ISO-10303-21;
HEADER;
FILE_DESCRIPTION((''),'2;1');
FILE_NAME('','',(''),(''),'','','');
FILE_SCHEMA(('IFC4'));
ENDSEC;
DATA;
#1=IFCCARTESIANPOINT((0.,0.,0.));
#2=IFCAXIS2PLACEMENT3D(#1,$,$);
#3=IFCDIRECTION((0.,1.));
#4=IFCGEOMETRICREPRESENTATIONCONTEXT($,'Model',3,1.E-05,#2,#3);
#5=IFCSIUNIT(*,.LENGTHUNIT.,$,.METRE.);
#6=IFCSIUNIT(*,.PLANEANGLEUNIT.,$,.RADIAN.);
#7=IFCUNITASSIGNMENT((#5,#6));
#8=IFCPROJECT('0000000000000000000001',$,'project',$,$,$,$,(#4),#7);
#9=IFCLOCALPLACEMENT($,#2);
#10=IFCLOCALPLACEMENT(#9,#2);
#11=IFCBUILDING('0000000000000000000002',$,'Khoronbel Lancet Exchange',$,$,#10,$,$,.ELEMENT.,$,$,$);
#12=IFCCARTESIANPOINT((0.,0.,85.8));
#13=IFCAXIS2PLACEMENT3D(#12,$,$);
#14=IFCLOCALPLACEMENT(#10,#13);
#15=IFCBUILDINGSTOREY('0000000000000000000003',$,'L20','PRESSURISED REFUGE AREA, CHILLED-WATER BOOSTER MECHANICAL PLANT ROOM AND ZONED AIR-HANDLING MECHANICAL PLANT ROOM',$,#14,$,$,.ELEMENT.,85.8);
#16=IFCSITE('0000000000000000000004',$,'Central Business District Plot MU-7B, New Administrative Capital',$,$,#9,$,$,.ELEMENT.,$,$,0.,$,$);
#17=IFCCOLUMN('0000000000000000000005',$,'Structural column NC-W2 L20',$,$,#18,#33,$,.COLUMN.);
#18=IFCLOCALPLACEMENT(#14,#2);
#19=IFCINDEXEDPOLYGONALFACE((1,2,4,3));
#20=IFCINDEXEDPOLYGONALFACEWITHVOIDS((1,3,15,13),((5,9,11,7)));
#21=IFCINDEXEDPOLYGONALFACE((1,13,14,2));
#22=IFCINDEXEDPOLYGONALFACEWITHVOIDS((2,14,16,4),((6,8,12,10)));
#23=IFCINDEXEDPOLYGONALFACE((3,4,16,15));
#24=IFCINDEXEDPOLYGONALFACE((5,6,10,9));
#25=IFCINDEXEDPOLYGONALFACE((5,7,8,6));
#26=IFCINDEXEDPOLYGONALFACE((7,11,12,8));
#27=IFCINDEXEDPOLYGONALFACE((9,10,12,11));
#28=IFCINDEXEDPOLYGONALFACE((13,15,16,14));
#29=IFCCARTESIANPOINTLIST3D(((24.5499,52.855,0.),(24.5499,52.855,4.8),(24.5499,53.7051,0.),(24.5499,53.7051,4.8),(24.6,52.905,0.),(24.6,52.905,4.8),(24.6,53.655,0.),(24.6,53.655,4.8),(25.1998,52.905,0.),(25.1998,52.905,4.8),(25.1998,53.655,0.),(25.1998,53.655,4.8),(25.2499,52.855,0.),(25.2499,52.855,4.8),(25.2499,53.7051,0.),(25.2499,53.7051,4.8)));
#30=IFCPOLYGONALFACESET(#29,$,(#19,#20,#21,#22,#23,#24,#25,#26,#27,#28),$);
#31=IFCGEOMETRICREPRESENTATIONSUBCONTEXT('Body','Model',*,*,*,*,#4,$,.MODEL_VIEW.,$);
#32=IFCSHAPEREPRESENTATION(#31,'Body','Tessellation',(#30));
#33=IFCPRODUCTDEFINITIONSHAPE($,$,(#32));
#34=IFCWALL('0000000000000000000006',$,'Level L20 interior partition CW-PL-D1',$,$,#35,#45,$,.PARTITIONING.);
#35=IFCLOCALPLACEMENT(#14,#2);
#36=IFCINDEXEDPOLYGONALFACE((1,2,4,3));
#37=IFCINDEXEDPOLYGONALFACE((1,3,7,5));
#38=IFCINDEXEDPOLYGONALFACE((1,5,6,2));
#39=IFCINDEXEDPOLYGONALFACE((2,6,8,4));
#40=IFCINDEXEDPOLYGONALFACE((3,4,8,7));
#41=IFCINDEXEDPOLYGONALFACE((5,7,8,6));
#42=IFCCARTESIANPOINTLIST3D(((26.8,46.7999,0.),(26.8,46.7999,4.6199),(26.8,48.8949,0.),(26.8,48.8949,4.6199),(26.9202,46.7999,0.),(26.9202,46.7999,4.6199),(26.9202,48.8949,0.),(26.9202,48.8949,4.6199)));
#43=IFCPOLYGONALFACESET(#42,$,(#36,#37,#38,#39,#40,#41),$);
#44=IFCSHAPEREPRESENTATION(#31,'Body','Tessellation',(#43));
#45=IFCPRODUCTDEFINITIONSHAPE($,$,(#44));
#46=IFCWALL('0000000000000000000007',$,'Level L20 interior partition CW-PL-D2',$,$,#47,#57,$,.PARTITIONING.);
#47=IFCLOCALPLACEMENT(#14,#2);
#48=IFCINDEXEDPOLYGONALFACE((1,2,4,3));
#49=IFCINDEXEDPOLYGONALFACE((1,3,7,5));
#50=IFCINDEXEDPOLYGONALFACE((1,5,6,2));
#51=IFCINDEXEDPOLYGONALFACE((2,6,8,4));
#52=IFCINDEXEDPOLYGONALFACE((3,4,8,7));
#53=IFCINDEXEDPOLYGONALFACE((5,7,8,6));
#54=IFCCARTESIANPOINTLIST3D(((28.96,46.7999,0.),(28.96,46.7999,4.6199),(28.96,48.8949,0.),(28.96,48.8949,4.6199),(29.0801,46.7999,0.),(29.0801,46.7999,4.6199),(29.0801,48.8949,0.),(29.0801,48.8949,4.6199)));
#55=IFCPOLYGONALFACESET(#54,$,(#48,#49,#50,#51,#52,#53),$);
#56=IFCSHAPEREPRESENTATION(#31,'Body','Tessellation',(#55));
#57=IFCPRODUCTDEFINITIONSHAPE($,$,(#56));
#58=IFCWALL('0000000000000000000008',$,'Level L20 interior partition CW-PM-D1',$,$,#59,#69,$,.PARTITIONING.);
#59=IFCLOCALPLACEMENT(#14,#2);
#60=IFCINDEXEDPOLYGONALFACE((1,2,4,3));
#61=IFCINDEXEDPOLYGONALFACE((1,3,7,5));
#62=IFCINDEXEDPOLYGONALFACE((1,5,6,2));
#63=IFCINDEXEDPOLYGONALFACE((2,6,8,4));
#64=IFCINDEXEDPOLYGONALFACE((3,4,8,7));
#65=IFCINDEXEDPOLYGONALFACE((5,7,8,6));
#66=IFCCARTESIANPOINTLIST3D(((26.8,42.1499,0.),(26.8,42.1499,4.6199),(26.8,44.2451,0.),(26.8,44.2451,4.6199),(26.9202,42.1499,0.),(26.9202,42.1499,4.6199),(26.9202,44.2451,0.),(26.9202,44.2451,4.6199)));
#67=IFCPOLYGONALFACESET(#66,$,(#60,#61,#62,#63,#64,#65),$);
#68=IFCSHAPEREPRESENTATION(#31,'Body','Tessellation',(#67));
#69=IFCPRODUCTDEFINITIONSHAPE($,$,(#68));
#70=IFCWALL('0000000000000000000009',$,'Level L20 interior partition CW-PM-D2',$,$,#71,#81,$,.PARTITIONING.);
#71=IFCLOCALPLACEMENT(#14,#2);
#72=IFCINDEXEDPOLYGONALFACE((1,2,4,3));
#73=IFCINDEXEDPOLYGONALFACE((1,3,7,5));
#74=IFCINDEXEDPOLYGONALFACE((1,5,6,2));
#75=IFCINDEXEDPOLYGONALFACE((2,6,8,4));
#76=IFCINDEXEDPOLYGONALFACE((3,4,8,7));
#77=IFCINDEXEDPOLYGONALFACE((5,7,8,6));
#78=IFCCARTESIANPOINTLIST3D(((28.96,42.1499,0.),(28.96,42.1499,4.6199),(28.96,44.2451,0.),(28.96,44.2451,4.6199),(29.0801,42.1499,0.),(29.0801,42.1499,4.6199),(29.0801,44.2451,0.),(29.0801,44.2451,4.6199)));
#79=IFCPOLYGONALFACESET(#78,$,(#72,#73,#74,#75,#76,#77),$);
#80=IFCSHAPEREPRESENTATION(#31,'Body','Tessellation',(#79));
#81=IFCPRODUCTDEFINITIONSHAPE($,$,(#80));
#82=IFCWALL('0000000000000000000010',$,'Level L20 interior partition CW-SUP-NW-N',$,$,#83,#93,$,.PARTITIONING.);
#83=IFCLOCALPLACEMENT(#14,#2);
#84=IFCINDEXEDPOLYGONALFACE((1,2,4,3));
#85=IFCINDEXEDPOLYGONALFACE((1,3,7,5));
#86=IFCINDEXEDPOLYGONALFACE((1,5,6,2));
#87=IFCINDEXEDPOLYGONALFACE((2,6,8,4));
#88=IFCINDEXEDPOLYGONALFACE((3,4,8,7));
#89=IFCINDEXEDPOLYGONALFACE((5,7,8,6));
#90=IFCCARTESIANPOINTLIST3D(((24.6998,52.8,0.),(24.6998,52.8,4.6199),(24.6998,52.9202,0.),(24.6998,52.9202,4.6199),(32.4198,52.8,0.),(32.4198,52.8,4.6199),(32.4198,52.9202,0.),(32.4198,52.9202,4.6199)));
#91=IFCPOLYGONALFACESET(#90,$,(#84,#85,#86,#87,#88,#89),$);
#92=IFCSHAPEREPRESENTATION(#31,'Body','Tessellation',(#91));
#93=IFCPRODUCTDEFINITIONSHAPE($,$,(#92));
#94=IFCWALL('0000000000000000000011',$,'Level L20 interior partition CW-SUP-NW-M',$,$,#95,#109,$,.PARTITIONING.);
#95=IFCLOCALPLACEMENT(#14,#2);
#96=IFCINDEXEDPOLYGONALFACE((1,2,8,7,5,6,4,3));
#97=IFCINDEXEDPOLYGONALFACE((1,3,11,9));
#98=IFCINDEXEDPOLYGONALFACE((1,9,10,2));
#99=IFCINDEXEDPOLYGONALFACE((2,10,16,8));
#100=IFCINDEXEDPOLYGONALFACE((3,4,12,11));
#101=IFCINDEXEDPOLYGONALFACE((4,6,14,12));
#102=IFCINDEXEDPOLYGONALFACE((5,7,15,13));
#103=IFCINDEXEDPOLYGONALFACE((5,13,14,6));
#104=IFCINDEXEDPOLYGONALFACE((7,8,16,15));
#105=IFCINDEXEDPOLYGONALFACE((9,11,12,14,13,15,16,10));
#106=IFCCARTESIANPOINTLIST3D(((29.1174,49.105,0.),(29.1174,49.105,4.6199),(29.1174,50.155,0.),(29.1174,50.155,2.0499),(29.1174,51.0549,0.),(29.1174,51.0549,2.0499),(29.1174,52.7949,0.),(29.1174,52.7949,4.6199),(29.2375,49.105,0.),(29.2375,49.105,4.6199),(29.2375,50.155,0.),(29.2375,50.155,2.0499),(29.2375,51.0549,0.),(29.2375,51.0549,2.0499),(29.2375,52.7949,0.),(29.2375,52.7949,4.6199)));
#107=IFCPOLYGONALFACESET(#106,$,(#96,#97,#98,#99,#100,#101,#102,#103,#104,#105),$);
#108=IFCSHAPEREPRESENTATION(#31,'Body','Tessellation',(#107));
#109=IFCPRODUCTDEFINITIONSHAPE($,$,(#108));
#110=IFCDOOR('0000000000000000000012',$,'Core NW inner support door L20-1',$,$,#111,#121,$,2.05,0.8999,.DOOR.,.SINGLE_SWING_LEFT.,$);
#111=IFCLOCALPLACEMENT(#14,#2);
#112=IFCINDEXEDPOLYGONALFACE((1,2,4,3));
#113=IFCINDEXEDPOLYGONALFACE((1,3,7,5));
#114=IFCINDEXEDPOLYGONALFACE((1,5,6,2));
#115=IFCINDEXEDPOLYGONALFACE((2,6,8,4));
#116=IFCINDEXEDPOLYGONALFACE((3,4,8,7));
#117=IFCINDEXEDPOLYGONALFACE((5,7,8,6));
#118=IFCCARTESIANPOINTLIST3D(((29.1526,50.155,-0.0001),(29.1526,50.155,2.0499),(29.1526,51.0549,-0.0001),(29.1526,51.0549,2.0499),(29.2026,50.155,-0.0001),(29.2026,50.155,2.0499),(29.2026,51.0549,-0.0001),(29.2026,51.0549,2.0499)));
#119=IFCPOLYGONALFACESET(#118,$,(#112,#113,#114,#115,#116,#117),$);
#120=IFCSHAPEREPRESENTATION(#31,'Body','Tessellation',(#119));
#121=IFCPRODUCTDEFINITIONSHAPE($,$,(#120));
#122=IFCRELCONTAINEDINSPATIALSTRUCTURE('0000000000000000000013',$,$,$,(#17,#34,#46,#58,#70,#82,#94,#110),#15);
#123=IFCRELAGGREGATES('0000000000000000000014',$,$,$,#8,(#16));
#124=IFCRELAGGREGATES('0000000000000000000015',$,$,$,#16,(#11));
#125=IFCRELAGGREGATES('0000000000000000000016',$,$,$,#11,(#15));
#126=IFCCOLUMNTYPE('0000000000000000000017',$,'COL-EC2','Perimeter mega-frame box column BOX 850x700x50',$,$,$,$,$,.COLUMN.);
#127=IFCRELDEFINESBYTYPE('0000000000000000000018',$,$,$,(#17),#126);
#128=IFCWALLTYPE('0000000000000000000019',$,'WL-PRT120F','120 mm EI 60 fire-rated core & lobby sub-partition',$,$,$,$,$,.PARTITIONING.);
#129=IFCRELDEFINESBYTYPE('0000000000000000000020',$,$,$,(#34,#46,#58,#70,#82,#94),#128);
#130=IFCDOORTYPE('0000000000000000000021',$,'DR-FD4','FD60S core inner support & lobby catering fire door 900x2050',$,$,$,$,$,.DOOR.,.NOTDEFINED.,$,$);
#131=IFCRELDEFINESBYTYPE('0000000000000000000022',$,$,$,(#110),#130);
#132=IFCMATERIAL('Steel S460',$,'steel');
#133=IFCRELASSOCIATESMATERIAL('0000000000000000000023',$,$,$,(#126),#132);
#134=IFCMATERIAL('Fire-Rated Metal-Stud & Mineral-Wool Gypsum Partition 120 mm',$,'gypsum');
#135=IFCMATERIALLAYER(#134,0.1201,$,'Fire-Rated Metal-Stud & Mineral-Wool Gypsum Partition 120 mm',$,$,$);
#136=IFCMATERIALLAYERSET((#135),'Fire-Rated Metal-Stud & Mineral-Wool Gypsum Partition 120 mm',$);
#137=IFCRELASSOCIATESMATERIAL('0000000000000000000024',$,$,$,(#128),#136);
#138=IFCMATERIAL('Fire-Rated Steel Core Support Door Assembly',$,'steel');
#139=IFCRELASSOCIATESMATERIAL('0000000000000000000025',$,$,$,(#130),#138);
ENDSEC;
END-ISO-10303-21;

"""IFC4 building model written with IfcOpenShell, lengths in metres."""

from ifc_helpers import new_model, si_unit, direction, frame, frame_2d, origin, origin_2d, place, context, subcontext, project, spatial, rectangle, hollow_rectangle, extrude, material, layer, layer_set, material_profile, profile_set, type_object, element, fill, save


model = new_model("IFC4")

# Units and contexts
model_context = context("Model", 3, precision=1e-05, world=origin(), true_north=direction((0.0, 1.0)))
body_context = subcontext(model_context, "Body", "Model", "MODEL_VIEW")
ifc_project = project(units=[si_unit("LENGTHUNIT", "METRE"), si_unit("PLANEANGLEUNIT", "RADIAN")], contexts=[model_context])

# Site, building, storey
site_placement = place(None, origin())
site = spatial("IfcSite", under=ifc_project, at=site_placement, Name="Central Business District Plot MU-7B, New Administrative Capital", CompositionType="ELEMENT", RefElevation=0.0)
building_placement = place(site_placement, origin())
building = spatial("IfcBuilding", under=site, at=building_placement, Name="Khoronbel Lancet Exchange", CompositionType="ELEMENT")
storey_placement = place(building_placement, frame((0.0, 0.0, 85.8)))
storey = spatial("IfcBuildingStorey", under=building, at=storey_placement, Name="L20", Description="PRESSURISED REFUGE AREA, CHILLED-WATER BOOSTER MECHANICAL PLANT ROOM AND ZONED AIR-HANDLING MECHANICAL PLANT ROOM", CompositionType="ELEMENT", Elevation=85.8)

# Column
ifc_material_1 = material(Name="Steel S460", Category="steel")
ifc_material_profile = material_profile(ifc_material_1, hollow_rectangle(XDim=0.7, YDim=0.8501, WallThickness=0.05, at=origin_2d()), Name="BOX 850x700x50")
ifc_profile_set = profile_set([ifc_material_profile], Name="Steel S460")
column_type = type_object("IfcColumnType", Name="COL-EC2", Description="Perimeter mega-frame box column BOX 850x700x50", PredefinedType="COLUMN", material=ifc_profile_set)
column_placement = place(storey_placement, frame((24.8999, 53.28, 0.0), z_axis=(0.0, 0.0, 1.0), x_axis=(1.0, 0.0, 0.0)))
element("IfcColumn", 1, at=column_placement, inside=storey, type_object=column_type, Name="Structural column NC-W2 L20", PredefinedType="COLUMN", context=body_context, shape_type="SweptSolid", body=[
    extrude(hollow_rectangle(XDim=0.7, YDim=0.8501, WallThickness=0.05, at=origin_2d()), origin(), (0.0, 0.0, 1.0), 4.8),
])

# Walls
ifc_material_2 = material(Name="Fire-Rated Metal-Stud & Mineral-Wool Gypsum Partition 120 mm", Category="gypsum")
ifc_layer_1 = layer(ifc_material_2, 0.1201, Name="Fire-Rated Metal-Stud & Mineral-Wool Gypsum Partition 120 mm")
ifc_layer_set_1 = layer_set([ifc_layer_1], Name="Fire-Rated Metal-Stud & Mineral-Wool Gypsum Partition 120 mm")
wall_type_1 = type_object("IfcWallType", Name="WL-PRT120F", Description="120 mm EI 60 fire-rated core & lobby sub-partition", PredefinedType="PARTITIONING", material=ifc_layer_set_1)
for number, where, z_axis, x_axis, name in (
    (2, (26.8601, 46.8, 0.0), (0.0, 0.0, 1.0), (0.0, 1.0, 0.0), "Level L20 interior partition CW-PL-D1"),
    (3, (29.02, 46.8, 0.0), (0.0, 0.0, 1.0), (0.0, 1.0, 0.0), "Level L20 interior partition CW-PL-D2"),
):
    element("IfcWall", number, at=place(storey_placement, frame(where, z_axis=z_axis, x_axis=x_axis)), inside=storey, type_object=wall_type_1, Name=name, PredefinedType="PARTITIONING", context=body_context, shape_type="SweptSolid", body=[
        extrude(rectangle(XDim=2.095, YDim=0.1201, at=frame_2d((1.0474, 0.0))), origin(), (0.0, 0.0, 1.0), 4.6199),
    ])
for number, where, z_axis, x_axis, name in (
    (4, (26.8601, 42.1499, 0.0), (0.0, 0.0, 1.0), (0.0, 1.0, 0.0), "Level L20 interior partition CW-PM-D1"),
    (5, (29.02, 42.1499, 0.0), (0.0, 0.0, 1.0), (0.0, 1.0, 0.0), "Level L20 interior partition CW-PM-D2"),
):
    element("IfcWall", number, at=place(storey_placement, frame(where, z_axis=z_axis, x_axis=x_axis)), inside=storey, type_object=wall_type_1, Name=name, PredefinedType="PARTITIONING", context=body_context, shape_type="SweptSolid", body=[
        extrude(rectangle(XDim=2.0952, YDim=0.1201, at=frame_2d((1.0476, 0.0))), origin(), (0.0, 0.0, 1.0), 4.6199),
    ])
wall_1_placement = place(storey_placement, frame((24.7, 52.8601, 0.0), z_axis=(0.0, 0.0, 1.0), x_axis=(1.0, 0.0, 0.0)))
element("IfcWall", 6, at=wall_1_placement, inside=storey, type_object=wall_type_1, Name="Level L20 interior partition CW-SUP-NW-N", PredefinedType="PARTITIONING", context=body_context, shape_type="SweptSolid", body=[
    extrude(rectangle(XDim=7.72, YDim=0.1201, at=frame_2d((3.8599, 0.0))), origin(), (0.0, 0.0, 1.0), 4.6199),
])

# Wall, opening, door
wall_2_placement = place(storey_placement, frame((29.1775, 49.105, 0.0), z_axis=(0.0, 0.0, 1.0), x_axis=(0.0, 1.0, 0.0)))
wall_2 = element("IfcWall", 7, at=wall_2_placement, inside=storey, type_object=wall_type_1, Name="Level L20 interior partition CW-SUP-NW-M", PredefinedType="PARTITIONING", context=body_context, shape_type="SweptSolid", body=[
    extrude(rectangle(XDim=3.6899, YDim=0.1201, at=frame_2d((1.845, 0.0))), origin(), (0.0, 0.0, 1.0), 4.6199),
])
opening_1_placement = place(wall_2_placement, frame((1.05, 0.0, 0.0)))
opening_1 = element("IfcOpeningElement", 8, at=opening_1_placement, cuts=wall_2, PredefinedType="OPENING", context=body_context, shape_type="SweptSolid", body=[
    extrude(rectangle(XDim=0.8999, YDim=2.05, at=frame_2d((0.45, 1.0249))), frame((0.0, 0.0701, 0.0), z_axis=(0.0, -1.0, 0.0), x_axis=(1.0, 0.0, 0.0)), (0.0, 0.0, 1.0), 0.1401),
])
ifc_material_3 = material(Name="Fire-Rated Steel Core Support Door Assembly", Category="steel")
door_type_1 = type_object("IfcDoorType", Name="DR-FD4", Description="FD60S core inner support & lobby catering fire door 900x2050", OperationType="NOTDEFINED", PredefinedType="DOOR", material=ifc_material_3)
door_1_placement = place(opening_1_placement, origin())
door_1 = element("IfcDoor", 9, at=door_1_placement, inside=storey, type_object=door_type_1, Name="Core NW inner support door L20-1", OperationType="SINGLE_SWING_LEFT", OverallHeight=2.05, OverallWidth=0.8999, PredefinedType="DOOR", context=body_context, shape_type="SweptSolid", body=[
    extrude(rectangle(XDim=0.8999, YDim=2.05, at=frame_2d((0.45, 1.0249))), frame((0.0, 0.0249, 0.0), z_axis=(0.0, -1.0, 0.0), x_axis=(1.0, 0.0, 0.0)), (0.0, 0.0, 1.0), 0.05),
])
fill(opening_1, door_1)

save(model, "model.ifc")
